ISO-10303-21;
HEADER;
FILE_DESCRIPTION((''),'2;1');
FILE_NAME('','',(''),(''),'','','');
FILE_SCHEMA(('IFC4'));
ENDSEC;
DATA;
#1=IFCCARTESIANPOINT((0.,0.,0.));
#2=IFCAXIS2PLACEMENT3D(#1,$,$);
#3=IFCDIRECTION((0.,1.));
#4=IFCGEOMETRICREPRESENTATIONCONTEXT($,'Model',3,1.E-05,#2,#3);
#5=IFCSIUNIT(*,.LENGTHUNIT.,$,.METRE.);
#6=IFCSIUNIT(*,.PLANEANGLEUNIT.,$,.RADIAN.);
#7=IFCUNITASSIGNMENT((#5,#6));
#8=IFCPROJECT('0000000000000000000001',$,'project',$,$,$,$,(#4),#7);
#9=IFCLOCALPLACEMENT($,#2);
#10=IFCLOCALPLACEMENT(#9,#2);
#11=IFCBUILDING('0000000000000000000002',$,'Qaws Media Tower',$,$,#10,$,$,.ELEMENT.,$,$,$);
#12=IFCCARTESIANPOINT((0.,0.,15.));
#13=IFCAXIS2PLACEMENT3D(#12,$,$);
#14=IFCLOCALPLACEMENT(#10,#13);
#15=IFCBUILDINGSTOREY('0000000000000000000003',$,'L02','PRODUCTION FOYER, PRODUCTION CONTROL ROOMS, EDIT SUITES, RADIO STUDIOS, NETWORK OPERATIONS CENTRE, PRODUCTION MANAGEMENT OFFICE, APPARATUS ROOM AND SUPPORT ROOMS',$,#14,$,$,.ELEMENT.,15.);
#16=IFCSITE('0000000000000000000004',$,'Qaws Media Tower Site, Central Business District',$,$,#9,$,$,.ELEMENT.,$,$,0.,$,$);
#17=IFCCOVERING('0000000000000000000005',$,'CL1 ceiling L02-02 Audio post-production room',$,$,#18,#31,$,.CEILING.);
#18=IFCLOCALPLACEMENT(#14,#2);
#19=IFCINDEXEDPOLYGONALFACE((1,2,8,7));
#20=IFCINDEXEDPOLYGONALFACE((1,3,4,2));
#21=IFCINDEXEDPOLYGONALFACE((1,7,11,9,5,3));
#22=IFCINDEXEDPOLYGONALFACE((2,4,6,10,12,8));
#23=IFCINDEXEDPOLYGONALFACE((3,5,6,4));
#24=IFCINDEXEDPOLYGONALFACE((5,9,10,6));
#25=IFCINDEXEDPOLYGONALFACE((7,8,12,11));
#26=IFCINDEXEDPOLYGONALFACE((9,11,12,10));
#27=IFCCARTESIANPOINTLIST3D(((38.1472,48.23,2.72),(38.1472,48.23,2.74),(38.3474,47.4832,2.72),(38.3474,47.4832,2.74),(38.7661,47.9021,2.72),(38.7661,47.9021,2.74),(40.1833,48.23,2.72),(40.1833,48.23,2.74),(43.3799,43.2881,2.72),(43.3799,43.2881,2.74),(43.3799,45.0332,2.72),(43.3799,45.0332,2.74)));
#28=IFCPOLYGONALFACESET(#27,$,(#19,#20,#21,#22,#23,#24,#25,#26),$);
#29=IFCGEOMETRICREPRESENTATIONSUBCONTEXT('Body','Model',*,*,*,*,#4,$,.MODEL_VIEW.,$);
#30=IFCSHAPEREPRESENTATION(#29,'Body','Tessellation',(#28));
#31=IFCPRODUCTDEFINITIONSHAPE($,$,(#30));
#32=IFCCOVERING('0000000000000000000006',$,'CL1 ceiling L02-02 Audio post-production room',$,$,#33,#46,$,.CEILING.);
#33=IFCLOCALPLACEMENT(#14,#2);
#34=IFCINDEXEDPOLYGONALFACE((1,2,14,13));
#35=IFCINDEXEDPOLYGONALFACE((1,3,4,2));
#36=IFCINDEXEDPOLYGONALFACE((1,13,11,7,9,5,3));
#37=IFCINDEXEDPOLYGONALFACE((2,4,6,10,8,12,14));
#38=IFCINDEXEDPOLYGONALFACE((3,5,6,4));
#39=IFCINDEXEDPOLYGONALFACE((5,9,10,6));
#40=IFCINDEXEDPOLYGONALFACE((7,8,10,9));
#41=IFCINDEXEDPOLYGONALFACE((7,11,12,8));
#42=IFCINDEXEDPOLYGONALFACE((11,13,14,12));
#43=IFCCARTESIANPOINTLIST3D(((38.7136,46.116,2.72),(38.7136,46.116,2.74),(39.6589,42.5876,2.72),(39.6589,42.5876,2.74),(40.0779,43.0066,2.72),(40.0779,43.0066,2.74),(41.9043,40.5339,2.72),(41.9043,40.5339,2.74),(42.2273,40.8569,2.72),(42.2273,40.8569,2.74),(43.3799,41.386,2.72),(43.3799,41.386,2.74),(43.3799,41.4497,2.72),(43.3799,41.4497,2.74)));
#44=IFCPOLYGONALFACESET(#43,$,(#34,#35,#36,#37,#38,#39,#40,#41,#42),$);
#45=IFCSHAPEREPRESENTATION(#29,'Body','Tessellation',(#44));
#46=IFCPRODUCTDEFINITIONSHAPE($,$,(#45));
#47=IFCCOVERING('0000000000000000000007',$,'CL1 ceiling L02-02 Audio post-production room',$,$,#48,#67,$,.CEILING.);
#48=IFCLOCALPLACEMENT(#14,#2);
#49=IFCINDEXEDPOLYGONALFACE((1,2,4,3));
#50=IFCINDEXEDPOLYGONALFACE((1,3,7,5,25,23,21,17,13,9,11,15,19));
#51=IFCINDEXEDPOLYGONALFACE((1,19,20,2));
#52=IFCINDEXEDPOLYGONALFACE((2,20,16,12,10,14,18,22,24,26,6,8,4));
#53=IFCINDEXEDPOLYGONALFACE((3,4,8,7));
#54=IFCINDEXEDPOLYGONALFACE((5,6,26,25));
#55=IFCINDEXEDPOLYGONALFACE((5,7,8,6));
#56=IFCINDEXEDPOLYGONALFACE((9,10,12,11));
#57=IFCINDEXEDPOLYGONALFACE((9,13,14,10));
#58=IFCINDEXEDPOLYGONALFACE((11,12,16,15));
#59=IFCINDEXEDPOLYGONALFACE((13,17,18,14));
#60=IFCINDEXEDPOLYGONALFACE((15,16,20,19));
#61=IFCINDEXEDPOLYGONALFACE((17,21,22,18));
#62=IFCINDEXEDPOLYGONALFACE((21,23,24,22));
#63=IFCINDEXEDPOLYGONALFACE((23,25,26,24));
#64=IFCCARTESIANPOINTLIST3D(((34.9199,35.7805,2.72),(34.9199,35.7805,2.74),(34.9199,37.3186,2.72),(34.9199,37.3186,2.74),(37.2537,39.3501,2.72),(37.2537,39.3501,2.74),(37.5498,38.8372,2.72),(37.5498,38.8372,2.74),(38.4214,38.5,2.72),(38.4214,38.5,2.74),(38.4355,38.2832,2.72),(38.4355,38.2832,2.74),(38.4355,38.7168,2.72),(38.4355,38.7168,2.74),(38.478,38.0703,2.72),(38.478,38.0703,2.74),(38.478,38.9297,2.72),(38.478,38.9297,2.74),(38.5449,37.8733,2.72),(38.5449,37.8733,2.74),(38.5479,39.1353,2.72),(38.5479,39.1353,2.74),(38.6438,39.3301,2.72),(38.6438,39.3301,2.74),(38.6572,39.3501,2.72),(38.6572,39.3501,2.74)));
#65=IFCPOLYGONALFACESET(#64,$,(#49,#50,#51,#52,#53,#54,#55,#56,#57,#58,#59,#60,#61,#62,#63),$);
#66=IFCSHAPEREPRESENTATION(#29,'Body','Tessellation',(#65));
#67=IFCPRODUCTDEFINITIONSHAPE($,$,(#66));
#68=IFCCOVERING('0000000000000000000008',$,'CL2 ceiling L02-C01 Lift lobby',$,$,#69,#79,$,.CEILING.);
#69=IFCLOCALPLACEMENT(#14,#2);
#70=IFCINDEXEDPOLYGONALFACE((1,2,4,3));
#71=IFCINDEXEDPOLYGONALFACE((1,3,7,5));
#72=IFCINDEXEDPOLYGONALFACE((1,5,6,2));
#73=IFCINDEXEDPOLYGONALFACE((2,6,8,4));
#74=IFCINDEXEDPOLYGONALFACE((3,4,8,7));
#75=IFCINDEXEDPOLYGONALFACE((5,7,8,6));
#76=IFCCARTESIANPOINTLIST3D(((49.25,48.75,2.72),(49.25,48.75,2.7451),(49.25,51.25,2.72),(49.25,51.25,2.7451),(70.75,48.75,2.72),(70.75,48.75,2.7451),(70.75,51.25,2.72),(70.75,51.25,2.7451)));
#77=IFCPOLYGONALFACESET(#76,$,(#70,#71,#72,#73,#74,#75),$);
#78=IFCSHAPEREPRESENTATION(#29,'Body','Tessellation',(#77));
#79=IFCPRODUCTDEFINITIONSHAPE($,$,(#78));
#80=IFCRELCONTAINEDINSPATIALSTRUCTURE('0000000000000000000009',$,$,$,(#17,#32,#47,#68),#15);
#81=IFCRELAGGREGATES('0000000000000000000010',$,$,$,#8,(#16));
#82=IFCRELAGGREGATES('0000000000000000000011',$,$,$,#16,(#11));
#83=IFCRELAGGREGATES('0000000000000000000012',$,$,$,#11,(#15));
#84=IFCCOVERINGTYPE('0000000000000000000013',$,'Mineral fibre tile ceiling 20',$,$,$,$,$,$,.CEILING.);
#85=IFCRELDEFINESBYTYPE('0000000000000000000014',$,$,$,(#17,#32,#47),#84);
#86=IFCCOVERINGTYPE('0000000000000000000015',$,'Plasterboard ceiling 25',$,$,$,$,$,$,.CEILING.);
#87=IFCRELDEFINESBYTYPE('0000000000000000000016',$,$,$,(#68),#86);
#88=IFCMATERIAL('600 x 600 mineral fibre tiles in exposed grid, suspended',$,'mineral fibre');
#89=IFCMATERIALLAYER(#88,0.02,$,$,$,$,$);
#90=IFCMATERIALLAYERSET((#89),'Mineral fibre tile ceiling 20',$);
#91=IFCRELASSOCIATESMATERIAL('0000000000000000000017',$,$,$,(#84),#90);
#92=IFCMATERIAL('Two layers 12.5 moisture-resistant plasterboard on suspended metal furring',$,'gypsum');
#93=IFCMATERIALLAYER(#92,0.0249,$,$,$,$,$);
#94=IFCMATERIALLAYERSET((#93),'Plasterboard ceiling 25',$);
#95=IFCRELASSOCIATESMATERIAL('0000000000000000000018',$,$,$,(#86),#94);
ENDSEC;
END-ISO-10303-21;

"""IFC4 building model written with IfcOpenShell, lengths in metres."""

from ifc_helpers import new_model, si_unit, direction, frame, origin, place, context, subcontext, project, spatial, polyline, outline, extrude, material, layer, layer_set, type_object, element, save


model = new_model("IFC4")

# Units and contexts
model_context = context("Model", 3, precision=1e-05, world=origin(), true_north=direction((0.0, 1.0)))
body_context = subcontext(model_context, "Body", "Model", "MODEL_VIEW")
ifc_project = project(units=[si_unit("LENGTHUNIT", "METRE"), si_unit("PLANEANGLEUNIT", "RADIAN")], contexts=[model_context])

# Site, building, storey
site_placement = place(None, origin())
site = spatial("IfcSite", under=ifc_project, at=site_placement, Name="Qaws Media Tower Site, Central Business District", CompositionType="ELEMENT", RefElevation=0.0)
building_placement = place(site_placement, origin())
building = spatial("IfcBuilding", under=site, at=building_placement, Name="Qaws Media Tower", CompositionType="ELEMENT")
storey_placement = place(building_placement, frame((0.0, 0.0, 15.0)))
storey = spatial("IfcBuildingStorey", under=building, at=storey_placement, Name="L02", Description="PRODUCTION FOYER, PRODUCTION CONTROL ROOMS, EDIT SUITES, RADIO STUDIOS, NETWORK OPERATIONS CENTRE, PRODUCTION MANAGEMENT OFFICE, APPARATUS ROOM AND SUPPORT ROOMS", CompositionType="ELEMENT", Elevation=15.0)

# Coverings
ifc_material_1 = material(Name="600 x 600 mineral fibre tiles in exposed grid, suspended", Category="mineral fibre")
ifc_layer_1 = layer(ifc_material_1, 0.02)
ifc_layer_set_1 = layer_set([ifc_layer_1], Name="Mineral fibre tile ceiling 20")
covering_type_1 = type_object("IfcCoveringType", Name="Mineral fibre tile ceiling 20", PredefinedType="CEILING", material=ifc_layer_set_1)
covering_1_placement = place(storey_placement, frame((0.0, 0.0, 2.72)))
element("IfcCovering", 1, at=covering_1_placement, inside=storey, type_object=covering_type_1, Name="CL1 ceiling L02-02 Audio post-production room", PredefinedType="CEILING", context=body_context, shape_type="SweptSolid", body=[
    extrude(outline(polyline([(43.3799, 43.2881), (38.7661, 47.9021), (38.3474, 47.4832), (38.1472, 48.23), (40.1833, 48.23), (43.3799, 45.0332), (43.3799, 43.2881)])), origin(), (0.0, 0.0, 1.0), 0.02),
])
covering_2_placement = place(storey_placement, frame((0.0, 0.0, 2.72)))
element("IfcCovering", 2, at=covering_2_placement, inside=storey, type_object=covering_type_1, Name="CL1 ceiling L02-02 Audio post-production room", PredefinedType="CEILING", context=body_context, shape_type="SweptSolid", body=[
    extrude(outline(polyline([(43.3799, 41.386), (41.9043, 40.5339), (42.2273, 40.8569), (40.0779, 43.0066), (39.6589, 42.5876), (38.7136, 46.116), (43.3799, 41.4497), (43.3799, 41.386)])), origin(), (0.0, 0.0, 1.0), 0.02),
])
covering_3_placement = place(storey_placement, frame((0.0, 0.0, 2.72)))
element("IfcCovering", 3, at=covering_3_placement, inside=storey, type_object=covering_type_1, Name="CL1 ceiling L02-02 Audio post-production room", PredefinedType="CEILING", context=body_context, shape_type="SweptSolid", body=[
    extrude(outline(polyline([(34.9199, 37.3186), (37.5498, 38.8372), (37.2537, 39.3501), (38.6572, 39.3501), (38.6438, 39.3301), (38.5479, 39.1353), (38.478, 38.9297), (38.4355, 38.7168), (38.4214, 38.5), (38.4355, 38.2832), (38.478, 38.0703), (38.5449, 37.8733), (34.9199, 35.7805), (34.9199, 37.3186)])), origin(), (0.0, 0.0, 1.0), 0.02),
])
ifc_material_2 = material(Name="Two layers 12.5 moisture-resistant plasterboard on suspended metal furring", Category="gypsum")
ifc_layer_2 = layer(ifc_material_2, 0.0249)
ifc_layer_set_2 = layer_set([ifc_layer_2], Name="Plasterboard ceiling 25")
covering_type_2 = type_object("IfcCoveringType", Name="Plasterboard ceiling 25", PredefinedType="CEILING", material=ifc_layer_set_2)
covering_4_placement = place(storey_placement, frame((0.0, 0.0, 2.72)))
element("IfcCovering", 4, at=covering_4_placement, inside=storey, type_object=covering_type_2, Name="CL2 ceiling L02-C01 Lift lobby", PredefinedType="CEILING", context=body_context, shape_type="SweptSolid", body=[
    extrude(outline(polyline([(49.25, 48.75), (49.25, 51.25), (70.75, 51.25), (70.75, 48.75), (49.25, 48.75)])), origin(), (0.0, 0.0, 1.0), 0.0251),
])

save(model, "model.ifc")
